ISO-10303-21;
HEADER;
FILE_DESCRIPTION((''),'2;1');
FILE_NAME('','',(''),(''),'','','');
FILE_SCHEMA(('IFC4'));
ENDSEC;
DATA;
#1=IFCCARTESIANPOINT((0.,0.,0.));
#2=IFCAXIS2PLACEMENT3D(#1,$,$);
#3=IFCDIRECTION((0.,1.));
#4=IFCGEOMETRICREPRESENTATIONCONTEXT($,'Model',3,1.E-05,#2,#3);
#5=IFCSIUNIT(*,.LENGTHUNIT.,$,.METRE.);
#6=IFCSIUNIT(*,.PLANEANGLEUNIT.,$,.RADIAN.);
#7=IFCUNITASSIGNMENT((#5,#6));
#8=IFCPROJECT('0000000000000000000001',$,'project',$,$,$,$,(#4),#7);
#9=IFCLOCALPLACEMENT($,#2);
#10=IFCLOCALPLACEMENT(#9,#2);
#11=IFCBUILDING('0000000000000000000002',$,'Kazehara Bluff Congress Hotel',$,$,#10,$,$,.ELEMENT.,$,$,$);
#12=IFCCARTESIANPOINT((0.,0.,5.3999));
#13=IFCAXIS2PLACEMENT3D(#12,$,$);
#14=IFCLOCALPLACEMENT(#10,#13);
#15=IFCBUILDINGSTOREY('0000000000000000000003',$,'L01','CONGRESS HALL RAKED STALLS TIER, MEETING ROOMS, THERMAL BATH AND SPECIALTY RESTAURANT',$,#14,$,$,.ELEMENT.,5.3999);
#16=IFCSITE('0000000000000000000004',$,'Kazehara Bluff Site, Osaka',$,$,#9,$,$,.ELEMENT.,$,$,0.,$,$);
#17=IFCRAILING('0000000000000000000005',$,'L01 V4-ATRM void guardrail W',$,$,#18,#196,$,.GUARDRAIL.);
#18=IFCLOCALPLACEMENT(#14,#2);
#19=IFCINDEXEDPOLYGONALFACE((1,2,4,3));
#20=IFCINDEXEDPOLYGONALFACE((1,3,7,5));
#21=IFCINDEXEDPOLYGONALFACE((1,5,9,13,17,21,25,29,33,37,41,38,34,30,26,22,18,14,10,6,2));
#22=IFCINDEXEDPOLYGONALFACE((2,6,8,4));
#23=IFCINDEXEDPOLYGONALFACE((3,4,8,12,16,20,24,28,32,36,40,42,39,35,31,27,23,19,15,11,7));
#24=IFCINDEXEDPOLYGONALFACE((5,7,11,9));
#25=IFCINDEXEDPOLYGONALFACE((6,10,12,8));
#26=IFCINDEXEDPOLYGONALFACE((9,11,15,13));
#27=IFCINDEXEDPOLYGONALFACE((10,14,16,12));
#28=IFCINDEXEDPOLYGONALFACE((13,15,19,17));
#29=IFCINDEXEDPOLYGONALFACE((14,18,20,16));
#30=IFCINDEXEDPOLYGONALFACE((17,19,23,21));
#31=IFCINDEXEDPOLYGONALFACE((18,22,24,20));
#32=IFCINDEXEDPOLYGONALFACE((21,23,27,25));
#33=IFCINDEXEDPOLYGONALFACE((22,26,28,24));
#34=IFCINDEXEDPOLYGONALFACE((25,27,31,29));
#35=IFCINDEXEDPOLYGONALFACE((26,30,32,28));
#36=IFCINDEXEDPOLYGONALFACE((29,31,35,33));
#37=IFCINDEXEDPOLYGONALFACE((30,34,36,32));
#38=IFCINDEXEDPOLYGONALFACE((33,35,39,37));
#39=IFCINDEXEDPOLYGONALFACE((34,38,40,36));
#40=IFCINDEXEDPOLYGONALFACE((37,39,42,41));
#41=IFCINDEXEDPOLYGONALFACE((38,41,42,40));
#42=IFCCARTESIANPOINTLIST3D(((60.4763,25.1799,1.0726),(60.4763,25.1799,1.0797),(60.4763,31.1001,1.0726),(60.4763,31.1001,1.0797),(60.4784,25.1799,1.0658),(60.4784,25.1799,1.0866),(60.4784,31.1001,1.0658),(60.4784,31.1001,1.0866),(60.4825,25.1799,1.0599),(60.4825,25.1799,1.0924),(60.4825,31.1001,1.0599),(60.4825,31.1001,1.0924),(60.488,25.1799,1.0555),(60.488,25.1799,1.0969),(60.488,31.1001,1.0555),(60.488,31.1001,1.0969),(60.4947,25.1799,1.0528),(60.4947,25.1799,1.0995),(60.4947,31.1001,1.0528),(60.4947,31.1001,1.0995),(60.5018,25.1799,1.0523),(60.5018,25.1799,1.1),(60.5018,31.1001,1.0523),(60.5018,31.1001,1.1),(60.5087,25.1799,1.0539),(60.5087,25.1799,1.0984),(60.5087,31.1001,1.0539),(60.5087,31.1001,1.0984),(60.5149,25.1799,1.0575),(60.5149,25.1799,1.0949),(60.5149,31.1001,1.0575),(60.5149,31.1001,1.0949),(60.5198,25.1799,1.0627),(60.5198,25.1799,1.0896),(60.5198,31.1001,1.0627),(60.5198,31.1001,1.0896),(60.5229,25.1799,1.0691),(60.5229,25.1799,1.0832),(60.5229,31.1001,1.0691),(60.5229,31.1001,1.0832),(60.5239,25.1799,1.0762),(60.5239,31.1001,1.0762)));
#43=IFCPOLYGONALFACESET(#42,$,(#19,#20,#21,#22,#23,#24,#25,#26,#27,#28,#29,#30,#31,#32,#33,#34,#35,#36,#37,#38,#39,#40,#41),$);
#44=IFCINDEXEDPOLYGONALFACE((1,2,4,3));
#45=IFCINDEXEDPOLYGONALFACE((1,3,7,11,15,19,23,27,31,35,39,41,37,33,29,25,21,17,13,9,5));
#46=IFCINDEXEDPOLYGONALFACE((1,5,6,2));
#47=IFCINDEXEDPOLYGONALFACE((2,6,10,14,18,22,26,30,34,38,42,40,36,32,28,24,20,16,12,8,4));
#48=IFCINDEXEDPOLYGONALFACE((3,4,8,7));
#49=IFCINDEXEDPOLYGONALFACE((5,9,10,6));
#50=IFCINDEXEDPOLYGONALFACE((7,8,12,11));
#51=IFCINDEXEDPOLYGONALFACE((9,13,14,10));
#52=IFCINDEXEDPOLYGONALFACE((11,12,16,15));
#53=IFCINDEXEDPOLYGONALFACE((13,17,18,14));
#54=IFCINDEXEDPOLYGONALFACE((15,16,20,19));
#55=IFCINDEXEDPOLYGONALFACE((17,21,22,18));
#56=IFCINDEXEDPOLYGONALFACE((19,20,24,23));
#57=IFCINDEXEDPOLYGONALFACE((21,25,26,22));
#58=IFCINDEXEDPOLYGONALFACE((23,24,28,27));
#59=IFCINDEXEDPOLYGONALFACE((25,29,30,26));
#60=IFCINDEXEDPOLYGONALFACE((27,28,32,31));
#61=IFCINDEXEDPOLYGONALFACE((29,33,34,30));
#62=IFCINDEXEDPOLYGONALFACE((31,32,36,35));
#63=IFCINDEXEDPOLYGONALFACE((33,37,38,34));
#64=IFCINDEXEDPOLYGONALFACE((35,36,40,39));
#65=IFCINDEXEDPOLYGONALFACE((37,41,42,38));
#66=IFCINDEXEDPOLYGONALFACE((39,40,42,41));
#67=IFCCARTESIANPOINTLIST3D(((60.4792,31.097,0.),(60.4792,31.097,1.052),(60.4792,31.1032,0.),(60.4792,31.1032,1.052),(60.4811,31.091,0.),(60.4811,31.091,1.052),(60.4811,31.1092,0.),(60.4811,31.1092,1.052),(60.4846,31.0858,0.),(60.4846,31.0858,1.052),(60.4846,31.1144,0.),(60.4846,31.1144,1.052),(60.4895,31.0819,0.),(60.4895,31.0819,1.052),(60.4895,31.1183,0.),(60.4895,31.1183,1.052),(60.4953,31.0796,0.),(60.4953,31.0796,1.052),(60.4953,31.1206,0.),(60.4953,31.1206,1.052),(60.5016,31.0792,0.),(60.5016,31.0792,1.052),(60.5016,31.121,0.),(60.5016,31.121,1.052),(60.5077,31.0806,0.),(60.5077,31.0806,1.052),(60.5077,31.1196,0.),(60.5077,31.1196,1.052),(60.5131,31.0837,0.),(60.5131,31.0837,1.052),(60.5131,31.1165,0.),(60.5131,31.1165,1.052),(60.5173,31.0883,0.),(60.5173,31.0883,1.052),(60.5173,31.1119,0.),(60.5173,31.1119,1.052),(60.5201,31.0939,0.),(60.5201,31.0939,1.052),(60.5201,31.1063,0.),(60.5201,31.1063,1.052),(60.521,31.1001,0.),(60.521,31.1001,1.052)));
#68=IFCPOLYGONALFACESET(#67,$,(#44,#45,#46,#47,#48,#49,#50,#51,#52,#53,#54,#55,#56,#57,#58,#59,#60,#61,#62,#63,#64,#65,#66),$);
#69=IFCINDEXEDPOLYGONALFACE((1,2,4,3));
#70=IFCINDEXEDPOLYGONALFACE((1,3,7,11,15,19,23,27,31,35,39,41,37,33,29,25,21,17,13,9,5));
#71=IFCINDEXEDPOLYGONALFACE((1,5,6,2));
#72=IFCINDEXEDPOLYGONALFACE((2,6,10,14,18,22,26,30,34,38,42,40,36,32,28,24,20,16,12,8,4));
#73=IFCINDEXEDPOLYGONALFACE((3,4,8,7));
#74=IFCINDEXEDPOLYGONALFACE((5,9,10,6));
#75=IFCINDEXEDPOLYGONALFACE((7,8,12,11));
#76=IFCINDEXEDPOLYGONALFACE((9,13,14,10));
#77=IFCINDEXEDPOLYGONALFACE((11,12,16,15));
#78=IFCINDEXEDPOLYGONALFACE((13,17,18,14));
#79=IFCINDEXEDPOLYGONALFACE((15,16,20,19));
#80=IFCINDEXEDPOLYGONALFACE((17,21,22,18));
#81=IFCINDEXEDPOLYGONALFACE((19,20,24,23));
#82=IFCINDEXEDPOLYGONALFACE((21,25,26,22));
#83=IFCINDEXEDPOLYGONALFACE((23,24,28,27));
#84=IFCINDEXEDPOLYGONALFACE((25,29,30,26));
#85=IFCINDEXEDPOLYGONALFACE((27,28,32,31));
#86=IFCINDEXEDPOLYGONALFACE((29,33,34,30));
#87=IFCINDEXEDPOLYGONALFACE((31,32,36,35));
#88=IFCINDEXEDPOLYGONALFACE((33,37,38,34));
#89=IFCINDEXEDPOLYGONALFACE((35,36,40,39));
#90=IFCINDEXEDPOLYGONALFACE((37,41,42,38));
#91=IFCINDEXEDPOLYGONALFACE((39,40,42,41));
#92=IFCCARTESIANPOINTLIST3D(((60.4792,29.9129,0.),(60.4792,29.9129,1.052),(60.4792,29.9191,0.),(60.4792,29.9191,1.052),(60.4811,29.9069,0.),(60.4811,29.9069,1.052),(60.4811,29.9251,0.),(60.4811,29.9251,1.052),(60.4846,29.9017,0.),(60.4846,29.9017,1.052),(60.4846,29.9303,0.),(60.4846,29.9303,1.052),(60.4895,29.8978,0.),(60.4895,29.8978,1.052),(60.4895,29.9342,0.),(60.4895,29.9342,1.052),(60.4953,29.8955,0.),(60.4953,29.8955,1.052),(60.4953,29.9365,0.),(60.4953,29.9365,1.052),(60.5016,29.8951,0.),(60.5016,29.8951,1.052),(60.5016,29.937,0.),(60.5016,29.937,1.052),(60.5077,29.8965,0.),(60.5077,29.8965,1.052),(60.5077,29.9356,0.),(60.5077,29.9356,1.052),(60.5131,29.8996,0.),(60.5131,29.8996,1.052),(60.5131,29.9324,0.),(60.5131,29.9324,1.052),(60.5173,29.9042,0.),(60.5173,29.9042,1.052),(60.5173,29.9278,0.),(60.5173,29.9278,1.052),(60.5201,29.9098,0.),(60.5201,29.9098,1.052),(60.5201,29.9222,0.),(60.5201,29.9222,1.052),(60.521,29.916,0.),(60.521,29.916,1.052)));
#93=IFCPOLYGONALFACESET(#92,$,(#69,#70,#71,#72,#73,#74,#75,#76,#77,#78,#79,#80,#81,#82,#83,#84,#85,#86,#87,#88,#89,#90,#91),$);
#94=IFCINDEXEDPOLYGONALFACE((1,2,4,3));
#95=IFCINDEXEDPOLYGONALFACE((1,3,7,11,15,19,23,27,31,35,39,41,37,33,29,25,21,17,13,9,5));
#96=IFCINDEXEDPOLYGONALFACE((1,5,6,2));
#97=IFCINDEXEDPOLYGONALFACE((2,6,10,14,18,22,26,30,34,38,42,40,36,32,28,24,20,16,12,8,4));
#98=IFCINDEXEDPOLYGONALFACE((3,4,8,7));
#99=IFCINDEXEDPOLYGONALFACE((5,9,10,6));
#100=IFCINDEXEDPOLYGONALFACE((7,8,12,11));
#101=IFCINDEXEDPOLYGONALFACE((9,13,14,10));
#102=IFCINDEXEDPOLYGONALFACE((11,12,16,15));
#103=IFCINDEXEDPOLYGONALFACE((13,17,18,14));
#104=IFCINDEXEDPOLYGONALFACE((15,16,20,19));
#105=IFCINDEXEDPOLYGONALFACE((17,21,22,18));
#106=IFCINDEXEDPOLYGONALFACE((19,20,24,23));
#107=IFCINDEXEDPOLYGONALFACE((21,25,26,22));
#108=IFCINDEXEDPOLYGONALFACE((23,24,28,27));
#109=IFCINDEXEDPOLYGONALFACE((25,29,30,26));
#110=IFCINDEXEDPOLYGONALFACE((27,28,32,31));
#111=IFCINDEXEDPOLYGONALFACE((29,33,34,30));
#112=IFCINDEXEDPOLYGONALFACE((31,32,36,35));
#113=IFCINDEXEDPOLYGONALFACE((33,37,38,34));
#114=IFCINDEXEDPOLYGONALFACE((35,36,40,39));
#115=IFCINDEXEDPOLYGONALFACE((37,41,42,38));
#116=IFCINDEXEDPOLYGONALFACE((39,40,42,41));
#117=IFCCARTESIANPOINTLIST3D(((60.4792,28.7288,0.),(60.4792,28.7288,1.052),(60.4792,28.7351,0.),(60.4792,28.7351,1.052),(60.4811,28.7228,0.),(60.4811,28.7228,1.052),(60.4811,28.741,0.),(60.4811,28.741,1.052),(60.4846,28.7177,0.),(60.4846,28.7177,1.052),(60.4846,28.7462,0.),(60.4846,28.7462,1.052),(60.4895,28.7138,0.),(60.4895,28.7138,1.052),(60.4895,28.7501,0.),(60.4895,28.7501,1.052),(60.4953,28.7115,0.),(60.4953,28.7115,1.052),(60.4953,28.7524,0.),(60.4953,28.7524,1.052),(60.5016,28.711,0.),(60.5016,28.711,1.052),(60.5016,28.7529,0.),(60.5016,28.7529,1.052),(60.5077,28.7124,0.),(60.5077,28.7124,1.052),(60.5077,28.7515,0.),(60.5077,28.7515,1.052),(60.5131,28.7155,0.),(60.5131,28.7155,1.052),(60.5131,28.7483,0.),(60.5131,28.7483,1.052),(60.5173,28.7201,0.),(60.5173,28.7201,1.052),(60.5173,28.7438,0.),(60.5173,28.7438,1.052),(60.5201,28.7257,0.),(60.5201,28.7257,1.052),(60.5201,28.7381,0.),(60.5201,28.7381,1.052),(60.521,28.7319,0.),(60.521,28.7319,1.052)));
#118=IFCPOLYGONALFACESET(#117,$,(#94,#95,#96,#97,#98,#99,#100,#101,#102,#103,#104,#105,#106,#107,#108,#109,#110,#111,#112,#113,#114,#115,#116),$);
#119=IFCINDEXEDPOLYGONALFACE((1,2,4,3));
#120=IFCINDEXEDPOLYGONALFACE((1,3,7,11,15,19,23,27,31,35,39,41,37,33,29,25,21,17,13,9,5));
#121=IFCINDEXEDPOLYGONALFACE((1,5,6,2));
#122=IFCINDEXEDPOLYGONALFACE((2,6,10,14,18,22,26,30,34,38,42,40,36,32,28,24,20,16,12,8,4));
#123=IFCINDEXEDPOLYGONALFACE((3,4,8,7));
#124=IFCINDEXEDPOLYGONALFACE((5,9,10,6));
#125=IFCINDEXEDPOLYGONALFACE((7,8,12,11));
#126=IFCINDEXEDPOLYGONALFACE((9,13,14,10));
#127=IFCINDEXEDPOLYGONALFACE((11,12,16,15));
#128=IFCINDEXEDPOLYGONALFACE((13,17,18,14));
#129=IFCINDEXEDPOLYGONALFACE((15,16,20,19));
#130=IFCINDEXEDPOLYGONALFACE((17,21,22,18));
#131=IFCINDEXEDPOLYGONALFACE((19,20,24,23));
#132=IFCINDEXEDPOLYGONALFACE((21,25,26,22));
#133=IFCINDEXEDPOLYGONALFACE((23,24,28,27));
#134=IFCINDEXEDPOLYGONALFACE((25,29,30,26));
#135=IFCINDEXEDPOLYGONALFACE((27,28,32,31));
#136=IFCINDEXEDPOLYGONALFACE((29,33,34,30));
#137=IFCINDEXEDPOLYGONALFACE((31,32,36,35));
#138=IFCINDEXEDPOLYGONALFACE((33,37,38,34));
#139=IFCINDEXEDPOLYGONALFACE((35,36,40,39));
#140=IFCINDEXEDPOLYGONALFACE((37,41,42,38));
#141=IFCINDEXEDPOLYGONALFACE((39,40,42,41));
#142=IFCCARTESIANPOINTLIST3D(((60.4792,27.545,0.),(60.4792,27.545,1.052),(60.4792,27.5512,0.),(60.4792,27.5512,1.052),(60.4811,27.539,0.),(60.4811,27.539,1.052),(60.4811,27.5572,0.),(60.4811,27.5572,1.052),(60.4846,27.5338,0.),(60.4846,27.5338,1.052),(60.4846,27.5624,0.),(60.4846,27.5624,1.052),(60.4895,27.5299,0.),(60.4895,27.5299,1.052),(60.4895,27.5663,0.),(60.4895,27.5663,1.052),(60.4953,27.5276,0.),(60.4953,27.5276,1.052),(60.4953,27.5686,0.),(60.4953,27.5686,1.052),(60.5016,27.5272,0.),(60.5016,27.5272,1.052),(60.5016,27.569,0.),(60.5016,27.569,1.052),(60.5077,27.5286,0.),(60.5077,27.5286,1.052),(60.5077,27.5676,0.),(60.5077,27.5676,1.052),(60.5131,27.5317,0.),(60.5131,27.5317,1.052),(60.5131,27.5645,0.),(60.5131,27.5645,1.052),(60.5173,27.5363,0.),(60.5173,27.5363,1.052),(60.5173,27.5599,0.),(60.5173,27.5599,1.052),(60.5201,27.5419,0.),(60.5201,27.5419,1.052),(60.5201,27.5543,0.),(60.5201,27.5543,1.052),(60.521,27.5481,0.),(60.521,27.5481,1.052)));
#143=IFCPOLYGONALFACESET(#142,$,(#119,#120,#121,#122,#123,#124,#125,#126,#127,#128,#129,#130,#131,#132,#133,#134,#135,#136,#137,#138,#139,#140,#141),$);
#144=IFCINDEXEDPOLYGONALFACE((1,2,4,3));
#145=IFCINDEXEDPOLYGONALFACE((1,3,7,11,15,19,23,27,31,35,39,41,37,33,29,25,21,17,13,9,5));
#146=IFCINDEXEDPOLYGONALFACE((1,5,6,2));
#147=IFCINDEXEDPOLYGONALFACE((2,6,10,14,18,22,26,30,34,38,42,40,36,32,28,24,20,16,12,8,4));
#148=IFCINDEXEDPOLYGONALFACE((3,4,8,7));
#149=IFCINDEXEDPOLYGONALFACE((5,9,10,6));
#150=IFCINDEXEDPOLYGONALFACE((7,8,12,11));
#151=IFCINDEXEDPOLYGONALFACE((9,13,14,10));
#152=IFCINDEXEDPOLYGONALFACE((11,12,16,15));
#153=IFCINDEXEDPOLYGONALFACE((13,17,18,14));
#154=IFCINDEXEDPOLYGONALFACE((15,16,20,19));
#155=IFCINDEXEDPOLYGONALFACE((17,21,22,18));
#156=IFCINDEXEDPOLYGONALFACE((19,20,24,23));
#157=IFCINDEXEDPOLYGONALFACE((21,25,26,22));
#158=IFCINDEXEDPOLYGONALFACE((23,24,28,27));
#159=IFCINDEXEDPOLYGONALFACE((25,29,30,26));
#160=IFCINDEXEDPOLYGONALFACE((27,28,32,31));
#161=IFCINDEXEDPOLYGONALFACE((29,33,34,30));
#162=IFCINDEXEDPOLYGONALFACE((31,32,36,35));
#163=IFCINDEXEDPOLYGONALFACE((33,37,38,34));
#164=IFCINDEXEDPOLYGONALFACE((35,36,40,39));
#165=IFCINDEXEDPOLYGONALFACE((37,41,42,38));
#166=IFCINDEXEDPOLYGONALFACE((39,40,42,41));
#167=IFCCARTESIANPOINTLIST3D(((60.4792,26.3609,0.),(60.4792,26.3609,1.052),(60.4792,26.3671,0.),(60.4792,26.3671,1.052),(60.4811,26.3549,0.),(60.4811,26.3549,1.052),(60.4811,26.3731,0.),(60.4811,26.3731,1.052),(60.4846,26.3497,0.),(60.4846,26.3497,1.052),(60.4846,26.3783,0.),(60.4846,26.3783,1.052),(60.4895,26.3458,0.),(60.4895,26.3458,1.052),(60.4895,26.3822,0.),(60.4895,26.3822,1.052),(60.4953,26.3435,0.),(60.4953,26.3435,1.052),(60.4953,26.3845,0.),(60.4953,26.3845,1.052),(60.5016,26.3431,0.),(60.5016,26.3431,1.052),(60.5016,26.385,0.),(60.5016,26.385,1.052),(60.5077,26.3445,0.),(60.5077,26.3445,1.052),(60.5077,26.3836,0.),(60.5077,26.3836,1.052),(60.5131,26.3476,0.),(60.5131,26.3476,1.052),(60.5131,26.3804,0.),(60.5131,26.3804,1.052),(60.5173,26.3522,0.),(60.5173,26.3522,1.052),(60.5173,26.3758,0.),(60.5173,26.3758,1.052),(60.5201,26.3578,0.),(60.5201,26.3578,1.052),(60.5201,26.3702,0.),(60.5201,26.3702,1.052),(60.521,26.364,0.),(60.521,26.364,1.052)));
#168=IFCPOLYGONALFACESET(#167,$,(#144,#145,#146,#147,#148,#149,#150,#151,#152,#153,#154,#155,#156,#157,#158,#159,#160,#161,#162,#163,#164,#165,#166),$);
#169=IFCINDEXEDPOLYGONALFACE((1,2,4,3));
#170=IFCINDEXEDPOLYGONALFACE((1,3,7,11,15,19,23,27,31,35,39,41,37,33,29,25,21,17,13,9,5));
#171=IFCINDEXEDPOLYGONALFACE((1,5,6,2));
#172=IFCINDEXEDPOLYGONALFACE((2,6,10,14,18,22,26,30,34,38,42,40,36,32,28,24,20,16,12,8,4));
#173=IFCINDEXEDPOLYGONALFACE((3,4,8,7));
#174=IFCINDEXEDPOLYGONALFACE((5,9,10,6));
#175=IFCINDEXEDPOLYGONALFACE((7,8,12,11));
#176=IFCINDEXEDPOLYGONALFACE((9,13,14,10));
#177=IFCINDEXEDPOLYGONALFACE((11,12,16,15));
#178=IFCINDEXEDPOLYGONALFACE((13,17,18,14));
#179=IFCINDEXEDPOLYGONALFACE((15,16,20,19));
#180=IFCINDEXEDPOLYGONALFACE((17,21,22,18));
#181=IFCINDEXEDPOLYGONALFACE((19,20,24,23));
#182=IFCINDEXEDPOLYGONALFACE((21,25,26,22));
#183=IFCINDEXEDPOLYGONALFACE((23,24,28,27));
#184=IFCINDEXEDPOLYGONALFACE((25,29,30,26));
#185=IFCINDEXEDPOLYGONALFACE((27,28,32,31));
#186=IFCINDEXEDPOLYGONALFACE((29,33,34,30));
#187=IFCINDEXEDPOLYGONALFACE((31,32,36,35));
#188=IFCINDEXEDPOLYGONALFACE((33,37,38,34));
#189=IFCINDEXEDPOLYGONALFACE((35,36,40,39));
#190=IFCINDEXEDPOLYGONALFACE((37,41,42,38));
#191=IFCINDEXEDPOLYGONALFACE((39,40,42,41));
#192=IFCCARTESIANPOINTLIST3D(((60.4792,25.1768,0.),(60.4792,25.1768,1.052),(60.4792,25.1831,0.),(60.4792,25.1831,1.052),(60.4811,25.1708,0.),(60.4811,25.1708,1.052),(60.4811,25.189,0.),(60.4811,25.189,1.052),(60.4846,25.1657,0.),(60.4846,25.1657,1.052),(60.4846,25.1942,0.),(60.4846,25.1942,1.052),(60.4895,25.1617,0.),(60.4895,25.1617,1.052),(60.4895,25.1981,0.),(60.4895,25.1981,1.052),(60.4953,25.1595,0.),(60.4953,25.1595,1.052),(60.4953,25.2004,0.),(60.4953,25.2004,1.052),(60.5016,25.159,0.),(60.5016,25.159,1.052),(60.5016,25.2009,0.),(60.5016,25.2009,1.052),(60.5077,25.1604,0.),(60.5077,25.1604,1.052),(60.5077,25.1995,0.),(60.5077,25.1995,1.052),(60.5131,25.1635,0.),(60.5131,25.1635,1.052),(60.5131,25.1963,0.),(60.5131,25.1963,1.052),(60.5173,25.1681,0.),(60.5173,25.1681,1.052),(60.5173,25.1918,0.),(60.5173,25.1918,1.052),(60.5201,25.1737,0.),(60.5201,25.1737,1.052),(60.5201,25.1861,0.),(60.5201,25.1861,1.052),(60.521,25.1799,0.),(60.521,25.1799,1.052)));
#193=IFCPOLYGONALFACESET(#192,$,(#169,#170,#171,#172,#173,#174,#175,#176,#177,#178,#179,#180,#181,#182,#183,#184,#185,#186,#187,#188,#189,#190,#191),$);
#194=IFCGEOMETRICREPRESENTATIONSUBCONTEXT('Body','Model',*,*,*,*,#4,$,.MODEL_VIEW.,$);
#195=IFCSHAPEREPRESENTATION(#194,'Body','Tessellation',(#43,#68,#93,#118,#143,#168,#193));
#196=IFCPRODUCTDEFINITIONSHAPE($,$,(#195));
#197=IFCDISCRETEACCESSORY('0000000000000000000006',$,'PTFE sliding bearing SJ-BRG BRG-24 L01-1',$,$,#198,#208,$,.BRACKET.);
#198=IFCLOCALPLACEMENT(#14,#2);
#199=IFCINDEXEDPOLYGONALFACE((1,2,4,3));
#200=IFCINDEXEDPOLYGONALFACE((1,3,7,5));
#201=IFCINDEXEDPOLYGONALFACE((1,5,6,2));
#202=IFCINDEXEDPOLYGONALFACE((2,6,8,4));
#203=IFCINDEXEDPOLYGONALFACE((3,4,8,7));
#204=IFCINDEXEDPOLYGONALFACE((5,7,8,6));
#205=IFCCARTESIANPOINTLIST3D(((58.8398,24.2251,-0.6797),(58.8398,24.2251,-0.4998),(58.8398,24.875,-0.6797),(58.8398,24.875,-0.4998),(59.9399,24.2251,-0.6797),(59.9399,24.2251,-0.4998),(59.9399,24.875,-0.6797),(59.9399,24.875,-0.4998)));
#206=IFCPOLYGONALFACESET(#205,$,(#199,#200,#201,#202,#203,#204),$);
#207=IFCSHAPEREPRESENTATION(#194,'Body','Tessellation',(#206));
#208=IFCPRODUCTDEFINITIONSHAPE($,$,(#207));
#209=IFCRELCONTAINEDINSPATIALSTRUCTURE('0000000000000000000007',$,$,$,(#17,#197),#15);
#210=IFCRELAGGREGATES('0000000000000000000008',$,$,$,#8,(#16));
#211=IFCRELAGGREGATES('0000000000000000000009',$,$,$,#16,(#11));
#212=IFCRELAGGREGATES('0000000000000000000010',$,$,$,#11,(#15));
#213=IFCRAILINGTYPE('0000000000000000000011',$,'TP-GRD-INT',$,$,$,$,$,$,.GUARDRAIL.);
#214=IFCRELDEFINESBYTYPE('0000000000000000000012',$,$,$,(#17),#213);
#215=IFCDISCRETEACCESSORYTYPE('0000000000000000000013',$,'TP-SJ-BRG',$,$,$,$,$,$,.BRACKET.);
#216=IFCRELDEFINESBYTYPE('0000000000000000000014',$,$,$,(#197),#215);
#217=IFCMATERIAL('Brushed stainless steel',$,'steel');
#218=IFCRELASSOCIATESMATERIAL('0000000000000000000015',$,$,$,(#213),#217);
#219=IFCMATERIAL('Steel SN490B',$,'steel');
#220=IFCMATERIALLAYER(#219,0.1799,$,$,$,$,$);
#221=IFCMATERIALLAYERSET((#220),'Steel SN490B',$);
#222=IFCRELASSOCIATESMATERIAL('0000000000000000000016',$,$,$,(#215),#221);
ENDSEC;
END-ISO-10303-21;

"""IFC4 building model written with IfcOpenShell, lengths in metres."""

from ifc_helpers import new_model, si_unit, direction, frame, origin, origin_2d, place, context, subcontext, project, spatial, rectangle, circle, extrude, material, layer, layer_set, type_object, element, save


model = new_model("IFC4")

# Units and contexts
model_context = context("Model", 3, precision=1e-05, world=origin(), true_north=direction((0.0, 1.0)))
body_context = subcontext(model_context, "Body", "Model", "MODEL_VIEW")
ifc_project = project(units=[si_unit("LENGTHUNIT", "METRE"), si_unit("PLANEANGLEUNIT", "RADIAN")], contexts=[model_context])

# Site, building, storey
site_placement = place(None, origin())
site = spatial("IfcSite", under=ifc_project, at=site_placement, Name="Kazehara Bluff Site, Osaka", CompositionType="ELEMENT", RefElevation=0.0)
building_placement = place(site_placement, origin())
building = spatial("IfcBuilding", under=site, at=building_placement, Name="Kazehara Bluff Congress Hotel", CompositionType="ELEMENT")
storey_placement = place(building_placement, frame((0.0, 0.0, 5.3999)))
storey = spatial("IfcBuildingStorey", under=building, at=storey_placement, Name="L01", Description="CONGRESS HALL RAKED STALLS TIER, MEETING ROOMS, THERMAL BATH AND SPECIALTY RESTAURANT", CompositionType="ELEMENT", Elevation=5.3999)

# Railing
ifc_material_1 = material(Name="Brushed stainless steel", Category="steel")
railing_type = type_object("IfcRailingType", Name="TP-GRD-INT", PredefinedType="GUARDRAIL", material=ifc_material_1)
railing_1_placement = place(storey_placement, frame((60.5, 31.1001, 0.0)))
element("IfcRailing", 1, at=railing_1_placement, inside=storey, type_object=railing_type, Name="L01 V4-ATRM void guardrail W", PredefinedType="GUARDRAIL", context=body_context, shape_type="SweptSolid", body=[
    extrude(circle(Radius=0.0239, at=origin_2d()), frame((0.0, 0.0, 1.0762), z_axis=(0.0, -1.0, 0.0), x_axis=(1.0, 0.0, 0.0)), (0.0, 0.0, 1.0), 5.9202),
    extrude(circle(Radius=0.021, at=origin_2d()), origin(), (0.0, 0.0, 1.0), 1.052),
    extrude(circle(Radius=0.021, at=origin_2d()), frame((0.0, -1.1841, 0.0)), (0.0, 0.0, 1.0), 1.052),
    extrude(circle(Radius=0.021, at=origin_2d()), frame((0.0, -2.3682, 0.0)), (0.0, 0.0, 1.0), 1.052),
    extrude(circle(Radius=0.021, at=origin_2d()), frame((0.0, -3.552, 0.0)), (0.0, 0.0, 1.0), 1.052),
    extrude(circle(Radius=0.021, at=origin_2d()), frame((0.0, -4.7361, 0.0)), (0.0, 0.0, 1.0), 1.052),
    extrude(circle(Radius=0.021, at=origin_2d()), frame((0.0, -5.9202, 0.0)), (0.0, 0.0, 1.0), 1.052),
])

# Discrete accessory
ifc_material_2 = material(Name="Steel SN490B", Category="steel")
ifc_layer_1 = layer(ifc_material_2, 0.1799)
ifc_layer_set_1 = layer_set([ifc_layer_1], Name="Steel SN490B")
discrete_accessory_type = type_object("IfcDiscreteAccessoryType", Name="TP-SJ-BRG", PredefinedType="BRACKET", material=ifc_layer_set_1)
for number, where, z_axis, x_axis, name in (
    (2, (59.3899, 24.55, -0.6797), (0.0, 0.0, 1.0), (1.0, 0.0, 0.0), "PTFE sliding bearing SJ-BRG BRG-24 L01-1"),
):
    element("IfcDiscreteAccessory", number, at=place(storey_placement, frame(where, z_axis=z_axis, x_axis=x_axis)), inside=storey, type_object=discrete_accessory_type, Name=name, PredefinedType="BRACKET", context=body_context, shape_type="SweptSolid", body=[
        extrude(rectangle(XDim=1.1001, YDim=0.6499, at=origin_2d()), origin(), (0.0, 0.0, 1.0), 0.1799),
    ])

save(model, "model.ifc")
